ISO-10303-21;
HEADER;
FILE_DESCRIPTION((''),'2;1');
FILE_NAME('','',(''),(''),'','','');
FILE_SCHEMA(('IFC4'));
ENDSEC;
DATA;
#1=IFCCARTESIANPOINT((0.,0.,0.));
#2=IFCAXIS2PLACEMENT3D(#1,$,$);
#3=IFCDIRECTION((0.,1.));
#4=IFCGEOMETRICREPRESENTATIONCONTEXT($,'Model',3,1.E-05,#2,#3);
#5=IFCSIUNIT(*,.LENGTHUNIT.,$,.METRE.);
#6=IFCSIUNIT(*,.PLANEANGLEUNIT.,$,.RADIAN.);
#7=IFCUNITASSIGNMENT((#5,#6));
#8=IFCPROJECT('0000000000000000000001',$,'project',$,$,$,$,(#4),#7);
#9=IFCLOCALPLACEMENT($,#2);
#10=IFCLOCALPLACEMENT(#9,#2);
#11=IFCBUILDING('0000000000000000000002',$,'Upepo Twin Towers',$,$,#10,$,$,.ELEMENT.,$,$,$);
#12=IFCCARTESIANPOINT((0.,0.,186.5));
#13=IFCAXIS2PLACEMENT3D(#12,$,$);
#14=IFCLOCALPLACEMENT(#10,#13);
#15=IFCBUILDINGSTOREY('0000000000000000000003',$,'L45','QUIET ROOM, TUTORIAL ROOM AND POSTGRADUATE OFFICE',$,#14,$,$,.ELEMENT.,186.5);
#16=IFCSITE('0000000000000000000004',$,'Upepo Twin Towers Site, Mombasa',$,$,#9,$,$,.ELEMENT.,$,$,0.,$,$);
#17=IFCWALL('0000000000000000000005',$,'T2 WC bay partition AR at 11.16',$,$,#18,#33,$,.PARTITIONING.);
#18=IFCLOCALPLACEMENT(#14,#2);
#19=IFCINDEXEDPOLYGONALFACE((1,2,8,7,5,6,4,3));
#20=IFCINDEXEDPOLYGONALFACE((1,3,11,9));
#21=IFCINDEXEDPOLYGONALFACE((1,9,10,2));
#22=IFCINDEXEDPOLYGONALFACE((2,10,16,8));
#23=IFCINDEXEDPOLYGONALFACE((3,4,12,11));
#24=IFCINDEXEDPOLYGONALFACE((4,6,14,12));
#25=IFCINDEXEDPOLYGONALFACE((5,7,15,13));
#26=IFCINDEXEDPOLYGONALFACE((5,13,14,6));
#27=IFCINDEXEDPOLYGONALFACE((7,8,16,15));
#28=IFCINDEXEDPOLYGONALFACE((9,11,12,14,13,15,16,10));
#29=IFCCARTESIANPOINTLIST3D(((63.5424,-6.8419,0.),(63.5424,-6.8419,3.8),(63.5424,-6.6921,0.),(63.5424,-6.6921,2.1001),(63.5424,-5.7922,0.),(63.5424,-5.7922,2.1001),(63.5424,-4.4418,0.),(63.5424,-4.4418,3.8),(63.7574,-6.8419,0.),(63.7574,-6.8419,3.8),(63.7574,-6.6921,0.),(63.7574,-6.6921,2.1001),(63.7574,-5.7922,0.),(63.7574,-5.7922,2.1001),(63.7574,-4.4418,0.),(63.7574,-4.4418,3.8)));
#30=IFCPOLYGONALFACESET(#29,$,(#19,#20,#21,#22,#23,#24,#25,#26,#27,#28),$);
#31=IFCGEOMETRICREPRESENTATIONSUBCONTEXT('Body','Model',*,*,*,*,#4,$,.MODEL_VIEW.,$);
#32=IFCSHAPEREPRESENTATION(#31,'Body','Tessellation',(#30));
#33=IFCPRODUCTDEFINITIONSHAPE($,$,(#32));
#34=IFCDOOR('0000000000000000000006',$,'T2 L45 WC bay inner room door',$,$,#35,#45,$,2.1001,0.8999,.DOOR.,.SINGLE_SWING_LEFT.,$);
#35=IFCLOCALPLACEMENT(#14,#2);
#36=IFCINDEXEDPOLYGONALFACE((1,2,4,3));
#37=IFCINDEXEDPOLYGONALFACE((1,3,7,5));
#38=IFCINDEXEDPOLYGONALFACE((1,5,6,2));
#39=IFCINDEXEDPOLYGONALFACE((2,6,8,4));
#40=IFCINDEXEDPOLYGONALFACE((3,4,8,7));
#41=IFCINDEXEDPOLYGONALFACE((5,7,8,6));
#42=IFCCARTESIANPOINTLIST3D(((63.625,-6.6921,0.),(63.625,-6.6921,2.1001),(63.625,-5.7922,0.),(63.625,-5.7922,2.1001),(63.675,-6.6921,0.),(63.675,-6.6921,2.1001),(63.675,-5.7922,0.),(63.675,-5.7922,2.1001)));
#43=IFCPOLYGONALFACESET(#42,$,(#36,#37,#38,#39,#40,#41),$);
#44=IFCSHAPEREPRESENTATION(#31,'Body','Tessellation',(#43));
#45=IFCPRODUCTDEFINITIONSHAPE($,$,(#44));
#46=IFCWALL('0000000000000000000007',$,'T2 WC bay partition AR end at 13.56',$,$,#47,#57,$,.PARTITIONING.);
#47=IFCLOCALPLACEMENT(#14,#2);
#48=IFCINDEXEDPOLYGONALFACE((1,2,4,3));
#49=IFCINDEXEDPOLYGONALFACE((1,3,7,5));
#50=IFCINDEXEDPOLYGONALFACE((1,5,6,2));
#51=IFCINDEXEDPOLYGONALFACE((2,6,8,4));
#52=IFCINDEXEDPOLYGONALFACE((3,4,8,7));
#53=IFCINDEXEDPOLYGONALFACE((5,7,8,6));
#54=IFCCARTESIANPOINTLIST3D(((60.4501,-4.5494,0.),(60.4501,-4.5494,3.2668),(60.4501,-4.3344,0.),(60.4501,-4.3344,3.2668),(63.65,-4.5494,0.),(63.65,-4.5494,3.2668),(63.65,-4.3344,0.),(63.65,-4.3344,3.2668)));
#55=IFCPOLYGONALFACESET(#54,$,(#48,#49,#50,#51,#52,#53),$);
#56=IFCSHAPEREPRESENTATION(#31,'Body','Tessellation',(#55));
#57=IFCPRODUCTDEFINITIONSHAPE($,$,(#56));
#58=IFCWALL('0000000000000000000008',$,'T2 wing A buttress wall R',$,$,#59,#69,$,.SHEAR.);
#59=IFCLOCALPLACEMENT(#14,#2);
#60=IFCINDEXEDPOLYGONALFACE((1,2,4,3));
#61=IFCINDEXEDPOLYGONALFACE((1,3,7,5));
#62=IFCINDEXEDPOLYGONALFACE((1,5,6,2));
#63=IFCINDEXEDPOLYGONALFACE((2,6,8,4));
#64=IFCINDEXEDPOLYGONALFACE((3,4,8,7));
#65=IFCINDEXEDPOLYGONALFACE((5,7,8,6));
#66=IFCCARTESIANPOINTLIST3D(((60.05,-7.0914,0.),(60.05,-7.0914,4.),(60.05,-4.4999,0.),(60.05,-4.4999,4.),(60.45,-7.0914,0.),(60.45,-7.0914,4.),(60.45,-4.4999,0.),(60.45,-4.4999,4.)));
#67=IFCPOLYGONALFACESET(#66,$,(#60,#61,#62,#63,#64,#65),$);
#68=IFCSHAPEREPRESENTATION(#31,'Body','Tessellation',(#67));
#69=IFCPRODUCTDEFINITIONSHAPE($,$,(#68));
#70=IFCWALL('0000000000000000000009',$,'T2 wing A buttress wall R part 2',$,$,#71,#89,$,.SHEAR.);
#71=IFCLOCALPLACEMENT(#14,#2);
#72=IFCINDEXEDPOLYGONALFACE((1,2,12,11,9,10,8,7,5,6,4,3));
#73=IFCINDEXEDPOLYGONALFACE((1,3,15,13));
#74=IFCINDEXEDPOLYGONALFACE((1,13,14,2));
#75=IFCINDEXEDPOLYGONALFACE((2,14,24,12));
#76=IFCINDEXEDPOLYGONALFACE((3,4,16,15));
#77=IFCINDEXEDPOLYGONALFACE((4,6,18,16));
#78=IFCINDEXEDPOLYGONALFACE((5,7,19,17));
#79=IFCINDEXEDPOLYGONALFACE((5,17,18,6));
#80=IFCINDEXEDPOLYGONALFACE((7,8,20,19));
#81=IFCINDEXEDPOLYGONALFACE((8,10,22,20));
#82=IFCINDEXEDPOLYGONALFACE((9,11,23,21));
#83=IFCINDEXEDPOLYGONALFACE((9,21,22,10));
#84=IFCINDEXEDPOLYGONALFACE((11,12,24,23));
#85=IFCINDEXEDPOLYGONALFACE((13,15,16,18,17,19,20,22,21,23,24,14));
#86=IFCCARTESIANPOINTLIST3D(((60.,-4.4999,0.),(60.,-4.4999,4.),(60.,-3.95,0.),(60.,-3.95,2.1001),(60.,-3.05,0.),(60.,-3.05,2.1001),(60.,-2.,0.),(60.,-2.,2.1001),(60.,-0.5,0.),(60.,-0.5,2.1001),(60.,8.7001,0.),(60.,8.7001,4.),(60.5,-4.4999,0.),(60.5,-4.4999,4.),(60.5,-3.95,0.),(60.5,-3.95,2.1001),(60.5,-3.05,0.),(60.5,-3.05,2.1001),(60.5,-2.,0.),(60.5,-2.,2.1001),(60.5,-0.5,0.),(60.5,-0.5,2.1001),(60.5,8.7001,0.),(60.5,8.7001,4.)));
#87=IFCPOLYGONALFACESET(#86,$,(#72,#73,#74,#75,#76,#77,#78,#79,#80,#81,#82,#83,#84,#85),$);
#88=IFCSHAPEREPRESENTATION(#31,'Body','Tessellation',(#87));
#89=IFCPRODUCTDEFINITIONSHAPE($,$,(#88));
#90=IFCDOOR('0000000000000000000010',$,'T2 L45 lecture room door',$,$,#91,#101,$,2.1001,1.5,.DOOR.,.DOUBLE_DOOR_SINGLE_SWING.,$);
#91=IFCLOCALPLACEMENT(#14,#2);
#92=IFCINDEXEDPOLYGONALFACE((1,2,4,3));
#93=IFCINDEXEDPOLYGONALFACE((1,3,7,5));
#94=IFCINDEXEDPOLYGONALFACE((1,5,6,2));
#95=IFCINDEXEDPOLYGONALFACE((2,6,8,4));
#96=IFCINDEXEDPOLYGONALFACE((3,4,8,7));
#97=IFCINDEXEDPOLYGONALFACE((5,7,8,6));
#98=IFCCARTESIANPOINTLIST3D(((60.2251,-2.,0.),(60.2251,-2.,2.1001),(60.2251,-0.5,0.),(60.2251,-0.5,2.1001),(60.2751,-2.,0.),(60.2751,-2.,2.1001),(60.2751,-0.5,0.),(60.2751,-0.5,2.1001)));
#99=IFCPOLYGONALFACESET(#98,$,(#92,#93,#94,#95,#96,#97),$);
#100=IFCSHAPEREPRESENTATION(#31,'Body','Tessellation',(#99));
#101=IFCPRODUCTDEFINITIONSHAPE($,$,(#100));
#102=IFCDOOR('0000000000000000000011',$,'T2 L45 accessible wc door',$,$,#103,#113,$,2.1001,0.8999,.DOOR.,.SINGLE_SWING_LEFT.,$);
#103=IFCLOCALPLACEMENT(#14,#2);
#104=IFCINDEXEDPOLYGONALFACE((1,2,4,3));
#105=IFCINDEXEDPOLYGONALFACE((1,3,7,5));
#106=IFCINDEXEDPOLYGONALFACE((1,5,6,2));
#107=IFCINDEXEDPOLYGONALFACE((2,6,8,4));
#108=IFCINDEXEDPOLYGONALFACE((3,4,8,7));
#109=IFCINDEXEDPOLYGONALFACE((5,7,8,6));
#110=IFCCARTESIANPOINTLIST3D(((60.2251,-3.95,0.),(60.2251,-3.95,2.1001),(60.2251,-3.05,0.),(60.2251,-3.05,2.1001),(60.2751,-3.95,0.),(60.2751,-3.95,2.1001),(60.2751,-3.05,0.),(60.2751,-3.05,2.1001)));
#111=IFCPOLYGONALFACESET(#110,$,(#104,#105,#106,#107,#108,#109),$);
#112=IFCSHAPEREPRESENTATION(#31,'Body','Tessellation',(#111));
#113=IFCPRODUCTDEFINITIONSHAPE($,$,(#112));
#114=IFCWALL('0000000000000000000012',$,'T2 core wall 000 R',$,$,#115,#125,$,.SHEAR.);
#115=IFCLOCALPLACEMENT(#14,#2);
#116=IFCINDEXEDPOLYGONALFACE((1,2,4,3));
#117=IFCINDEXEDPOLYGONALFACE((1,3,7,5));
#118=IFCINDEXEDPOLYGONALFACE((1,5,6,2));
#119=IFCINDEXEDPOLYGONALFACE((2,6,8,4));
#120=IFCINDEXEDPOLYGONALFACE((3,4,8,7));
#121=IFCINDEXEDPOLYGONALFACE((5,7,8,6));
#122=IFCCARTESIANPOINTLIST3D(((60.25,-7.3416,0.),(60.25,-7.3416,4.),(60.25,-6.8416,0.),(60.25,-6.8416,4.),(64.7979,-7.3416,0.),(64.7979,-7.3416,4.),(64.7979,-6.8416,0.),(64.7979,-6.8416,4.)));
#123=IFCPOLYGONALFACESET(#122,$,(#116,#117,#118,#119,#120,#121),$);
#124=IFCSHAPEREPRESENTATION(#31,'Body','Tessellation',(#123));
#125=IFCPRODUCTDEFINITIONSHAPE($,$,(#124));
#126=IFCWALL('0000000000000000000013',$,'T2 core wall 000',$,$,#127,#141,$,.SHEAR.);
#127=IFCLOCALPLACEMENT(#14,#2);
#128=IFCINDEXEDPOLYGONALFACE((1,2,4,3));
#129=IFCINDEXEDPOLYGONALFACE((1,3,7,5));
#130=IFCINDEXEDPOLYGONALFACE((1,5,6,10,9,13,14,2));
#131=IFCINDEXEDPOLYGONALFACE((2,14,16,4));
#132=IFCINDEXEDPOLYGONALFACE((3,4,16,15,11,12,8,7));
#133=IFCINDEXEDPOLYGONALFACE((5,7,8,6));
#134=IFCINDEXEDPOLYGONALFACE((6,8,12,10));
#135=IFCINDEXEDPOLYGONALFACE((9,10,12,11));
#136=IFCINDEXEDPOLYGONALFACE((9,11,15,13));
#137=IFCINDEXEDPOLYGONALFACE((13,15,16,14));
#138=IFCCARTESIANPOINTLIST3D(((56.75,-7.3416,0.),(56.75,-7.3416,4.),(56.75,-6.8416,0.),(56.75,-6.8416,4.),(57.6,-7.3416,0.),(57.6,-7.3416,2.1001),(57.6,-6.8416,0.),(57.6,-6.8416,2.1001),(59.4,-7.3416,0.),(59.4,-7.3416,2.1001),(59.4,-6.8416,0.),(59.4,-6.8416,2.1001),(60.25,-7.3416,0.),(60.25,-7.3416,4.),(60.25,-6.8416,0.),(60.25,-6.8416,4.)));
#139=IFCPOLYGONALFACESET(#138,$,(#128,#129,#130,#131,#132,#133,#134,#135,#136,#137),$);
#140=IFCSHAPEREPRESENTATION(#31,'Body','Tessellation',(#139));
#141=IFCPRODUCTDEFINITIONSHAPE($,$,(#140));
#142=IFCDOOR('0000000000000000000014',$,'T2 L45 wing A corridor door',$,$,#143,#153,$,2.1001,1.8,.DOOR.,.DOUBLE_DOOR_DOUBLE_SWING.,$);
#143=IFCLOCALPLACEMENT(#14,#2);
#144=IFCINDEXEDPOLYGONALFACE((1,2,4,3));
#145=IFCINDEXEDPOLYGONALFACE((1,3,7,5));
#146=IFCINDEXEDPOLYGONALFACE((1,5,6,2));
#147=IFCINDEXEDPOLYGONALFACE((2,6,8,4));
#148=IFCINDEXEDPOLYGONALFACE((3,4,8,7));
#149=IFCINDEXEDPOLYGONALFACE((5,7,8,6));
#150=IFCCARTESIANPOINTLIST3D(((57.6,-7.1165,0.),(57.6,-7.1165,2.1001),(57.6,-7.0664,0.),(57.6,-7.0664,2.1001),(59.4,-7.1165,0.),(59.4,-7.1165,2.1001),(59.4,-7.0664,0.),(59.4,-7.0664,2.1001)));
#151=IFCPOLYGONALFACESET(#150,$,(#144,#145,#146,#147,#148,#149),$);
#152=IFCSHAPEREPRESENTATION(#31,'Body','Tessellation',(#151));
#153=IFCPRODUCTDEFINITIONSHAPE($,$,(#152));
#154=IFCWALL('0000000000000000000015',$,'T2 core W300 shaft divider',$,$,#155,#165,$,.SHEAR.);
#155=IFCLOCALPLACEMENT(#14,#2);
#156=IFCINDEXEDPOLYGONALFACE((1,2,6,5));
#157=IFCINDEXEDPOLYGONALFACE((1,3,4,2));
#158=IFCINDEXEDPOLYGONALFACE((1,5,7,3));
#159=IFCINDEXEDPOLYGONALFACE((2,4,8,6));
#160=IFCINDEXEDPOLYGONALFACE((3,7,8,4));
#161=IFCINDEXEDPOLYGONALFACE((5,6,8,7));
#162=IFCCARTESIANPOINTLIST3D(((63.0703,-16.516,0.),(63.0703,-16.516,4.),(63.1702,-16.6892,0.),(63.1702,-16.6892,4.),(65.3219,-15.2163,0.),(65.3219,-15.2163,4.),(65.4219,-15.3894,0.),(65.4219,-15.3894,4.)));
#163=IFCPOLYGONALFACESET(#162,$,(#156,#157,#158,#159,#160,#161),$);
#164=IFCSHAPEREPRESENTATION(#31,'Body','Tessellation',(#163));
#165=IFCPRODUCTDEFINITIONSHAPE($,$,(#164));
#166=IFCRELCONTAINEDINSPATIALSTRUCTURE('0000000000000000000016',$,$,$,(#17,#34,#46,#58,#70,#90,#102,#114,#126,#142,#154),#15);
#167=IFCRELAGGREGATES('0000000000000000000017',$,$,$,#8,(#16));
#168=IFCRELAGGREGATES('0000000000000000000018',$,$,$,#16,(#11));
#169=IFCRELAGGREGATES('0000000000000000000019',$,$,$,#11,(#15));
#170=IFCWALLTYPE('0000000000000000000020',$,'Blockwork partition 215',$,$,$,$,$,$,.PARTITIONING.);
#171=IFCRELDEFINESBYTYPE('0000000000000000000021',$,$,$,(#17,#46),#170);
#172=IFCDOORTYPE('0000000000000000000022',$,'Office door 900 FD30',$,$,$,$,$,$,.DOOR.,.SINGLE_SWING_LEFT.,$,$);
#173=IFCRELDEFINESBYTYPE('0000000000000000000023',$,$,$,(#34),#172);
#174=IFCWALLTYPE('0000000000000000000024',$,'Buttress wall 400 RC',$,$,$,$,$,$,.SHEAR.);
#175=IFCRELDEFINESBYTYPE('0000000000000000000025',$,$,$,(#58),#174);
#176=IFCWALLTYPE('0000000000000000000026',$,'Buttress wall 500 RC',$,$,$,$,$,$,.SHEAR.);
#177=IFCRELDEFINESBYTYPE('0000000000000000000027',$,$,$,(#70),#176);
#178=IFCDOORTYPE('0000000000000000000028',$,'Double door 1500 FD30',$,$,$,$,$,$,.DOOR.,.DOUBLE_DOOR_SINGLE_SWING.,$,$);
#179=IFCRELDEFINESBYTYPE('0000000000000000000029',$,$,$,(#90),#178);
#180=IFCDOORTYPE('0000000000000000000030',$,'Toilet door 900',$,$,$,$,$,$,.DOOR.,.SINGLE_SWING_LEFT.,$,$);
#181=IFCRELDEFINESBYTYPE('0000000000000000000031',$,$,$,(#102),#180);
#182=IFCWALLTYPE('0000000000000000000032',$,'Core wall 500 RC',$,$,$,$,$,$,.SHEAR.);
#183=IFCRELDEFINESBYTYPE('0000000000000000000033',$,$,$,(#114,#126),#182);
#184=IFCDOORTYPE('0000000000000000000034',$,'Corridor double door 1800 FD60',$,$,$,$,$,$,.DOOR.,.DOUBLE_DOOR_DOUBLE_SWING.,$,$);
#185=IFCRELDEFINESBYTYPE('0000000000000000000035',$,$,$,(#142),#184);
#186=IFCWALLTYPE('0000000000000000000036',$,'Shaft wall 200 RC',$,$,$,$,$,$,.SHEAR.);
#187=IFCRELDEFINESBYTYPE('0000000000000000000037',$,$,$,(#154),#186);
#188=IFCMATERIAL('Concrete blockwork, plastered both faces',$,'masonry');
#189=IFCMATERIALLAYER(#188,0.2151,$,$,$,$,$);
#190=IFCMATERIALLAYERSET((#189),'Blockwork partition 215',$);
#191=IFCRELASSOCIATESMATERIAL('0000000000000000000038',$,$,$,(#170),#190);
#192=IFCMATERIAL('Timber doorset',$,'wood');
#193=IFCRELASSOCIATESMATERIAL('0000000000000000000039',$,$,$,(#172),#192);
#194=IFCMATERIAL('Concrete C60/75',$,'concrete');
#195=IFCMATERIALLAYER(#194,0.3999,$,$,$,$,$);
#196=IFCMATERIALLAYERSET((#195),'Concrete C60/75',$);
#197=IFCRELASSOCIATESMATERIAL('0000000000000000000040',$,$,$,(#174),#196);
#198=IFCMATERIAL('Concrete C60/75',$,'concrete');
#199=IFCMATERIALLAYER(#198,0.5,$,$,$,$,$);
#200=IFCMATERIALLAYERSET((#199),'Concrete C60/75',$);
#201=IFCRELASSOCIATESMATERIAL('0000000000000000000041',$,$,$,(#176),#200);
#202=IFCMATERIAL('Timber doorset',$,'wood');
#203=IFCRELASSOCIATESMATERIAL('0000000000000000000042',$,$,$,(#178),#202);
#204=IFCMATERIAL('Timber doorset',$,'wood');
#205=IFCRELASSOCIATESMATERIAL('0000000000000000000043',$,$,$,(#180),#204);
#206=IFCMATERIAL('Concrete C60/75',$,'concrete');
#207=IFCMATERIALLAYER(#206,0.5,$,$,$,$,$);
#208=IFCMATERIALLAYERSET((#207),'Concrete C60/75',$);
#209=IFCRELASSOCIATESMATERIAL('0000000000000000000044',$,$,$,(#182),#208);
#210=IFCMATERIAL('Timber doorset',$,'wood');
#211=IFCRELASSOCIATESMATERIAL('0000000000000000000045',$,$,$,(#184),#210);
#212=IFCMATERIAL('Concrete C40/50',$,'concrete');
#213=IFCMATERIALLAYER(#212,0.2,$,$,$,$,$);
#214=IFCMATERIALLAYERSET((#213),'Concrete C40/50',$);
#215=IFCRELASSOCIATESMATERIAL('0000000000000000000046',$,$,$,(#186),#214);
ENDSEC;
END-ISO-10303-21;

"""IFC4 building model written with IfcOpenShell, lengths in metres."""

from ifc_helpers import new_model, si_unit, direction, frame, frame_2d, origin, place, context, subcontext, project, spatial, rectangle, extrude, material, layer, layer_set, type_object, element, fill, save


model = new_model("IFC4")

# Units and contexts
model_context = context("Model", 3, precision=1e-05, world=origin(), true_north=direction((0.0, 1.0)))
body_context = subcontext(model_context, "Body", "Model", "MODEL_VIEW")
ifc_project = project(units=[si_unit("LENGTHUNIT", "METRE"), si_unit("PLANEANGLEUNIT", "RADIAN")], contexts=[model_context])

# Site, building, storey
site_placement = place(None, origin())
site = spatial("IfcSite", under=ifc_project, at=site_placement, Name="Upepo Twin Towers Site, Mombasa", CompositionType="ELEMENT", RefElevation=0.0)
building_placement = place(site_placement, origin())
building = spatial("IfcBuilding", under=site, at=building_placement, Name="Upepo Twin Towers", CompositionType="ELEMENT")
storey_placement = place(building_placement, frame((0.0, 0.0, 186.5)))
storey = spatial("IfcBuildingStorey", under=building, at=storey_placement, Name="L45", Description="QUIET ROOM, TUTORIAL ROOM AND POSTGRADUATE OFFICE", CompositionType="ELEMENT", Elevation=186.5)

# Shared definitions
ifc_material_1 = material(Name="Concrete blockwork, plastered both faces", Category="masonry")
ifc_layer_1 = layer(ifc_material_1, 0.2151)
ifc_layer_set_1 = layer_set([ifc_layer_1], Name="Blockwork partition 215")
wall_type_1 = type_object("IfcWallType", Name="Blockwork partition 215", PredefinedType="PARTITIONING", material=ifc_layer_set_1)

# Wall, opening, door
wall_1_placement = place(storey_placement, frame((63.6499, -6.842, 0.0), z_axis=(0.0, 0.0, 1.0), x_axis=(0.0, 1.0, 0.0)))
wall_1 = element("IfcWall", 1, at=wall_1_placement, inside=storey, type_object=wall_type_1, Name="T2 WC bay partition AR at 11.16", PredefinedType="PARTITIONING", context=body_context, shape_type="SweptSolid", body=[
    extrude(rectangle(XDim=2.4001, YDim=0.2151, at=frame_2d((1.2002, 0.0))), origin(), (0.0, 0.0, 1.0), 3.8),
])
opening_1_placement = place(wall_1_placement, frame((0.1499, 0.0, 0.0)))
opening_1 = element("IfcOpeningElement", 2, at=opening_1_placement, cuts=wall_1, PredefinedType="OPENING", context=body_context, shape_type="SweptSolid", body=[
    extrude(rectangle(XDim=0.8999, YDim=2.1001, at=frame_2d((0.45, 1.05))), frame((0.0, 0.1174, 0.0), z_axis=(0.0, -1.0, 0.0), x_axis=(1.0, 0.0, 0.0)), (0.0, 0.0, 1.0), 0.2351),
])
ifc_material_2 = material(Name="Timber doorset", Category="wood")
door_type_1 = type_object("IfcDoorType", Name="Office door 900 FD30", OperationType="SINGLE_SWING_LEFT", PredefinedType="DOOR", material=ifc_material_2)
door_1_placement = place(opening_1_placement, origin())
door_1 = element("IfcDoor", 3, at=door_1_placement, inside=storey, type_object=door_type_1, Name="T2 L45 WC bay inner room door", OperationType="SINGLE_SWING_LEFT", OverallHeight=2.1001, OverallWidth=0.8999, PredefinedType="DOOR", context=body_context, shape_type="SweptSolid", body=[
    extrude(rectangle(XDim=0.8999, YDim=2.1001, at=frame_2d((0.45, 1.05))), frame((0.0, 0.0249, 0.0), z_axis=(0.0, -1.0, 0.0), x_axis=(1.0, 0.0, 0.0)), (0.0, 0.0, 1.0), 0.05),
])
fill(opening_1, door_1)

# Walls
wall_2_placement = place(storey_placement, frame((60.45, -4.4419, 0.0), z_axis=(0.0, 0.0, 1.0), x_axis=(1.0, 0.0, 0.0)))
element("IfcWall", 4, at=wall_2_placement, inside=storey, type_object=wall_type_1, Name="T2 WC bay partition AR end at 13.56", PredefinedType="PARTITIONING", context=body_context, shape_type="SweptSolid", body=[
    extrude(rectangle(XDim=3.2, YDim=0.2151, at=frame_2d((1.6001, 0.0))), origin(), (0.0, 0.0, 1.0), 3.2668),
])
ifc_material_3 = material(Name="Concrete C60/75", Category="concrete")
ifc_layer_2 = layer(ifc_material_3, 0.3999)
ifc_layer_set_2 = layer_set([ifc_layer_2], Name="Concrete C60/75")
wall_type_2 = type_object("IfcWallType", Name="Buttress wall 400 RC", PredefinedType="SHEAR", material=ifc_layer_set_2)
wall_3_placement = place(storey_placement, frame((60.25, -7.0916, 0.0), z_axis=(0.0, 0.0, 1.0), x_axis=(0.0, 1.0, 0.0)))
element("IfcWall", 5, at=wall_3_placement, inside=storey, type_object=wall_type_2, Name="T2 wing A buttress wall R", PredefinedType="SHEAR", context=body_context, shape_type="SweptSolid", body=[
    extrude(rectangle(XDim=2.5916, YDim=0.3999, at=frame_2d((1.2959, 0.0))), origin(), (0.0, 0.0, 1.0), 4.0),
])

# Wall, openings, doors
ifc_material_4 = material(Name="Concrete C60/75", Category="concrete")
ifc_layer_3 = layer(ifc_material_4, 0.5)
ifc_layer_set_3 = layer_set([ifc_layer_3], Name="Concrete C60/75")
wall_type_3 = type_object("IfcWallType", Name="Buttress wall 500 RC", PredefinedType="SHEAR", material=ifc_layer_set_3)
wall_4_placement = place(storey_placement, frame((60.25, -4.5, 0.0), z_axis=(0.0, 0.0, 1.0), x_axis=(0.0, 1.0, 0.0)))
wall_4 = element("IfcWall", 6, at=wall_4_placement, inside=storey, type_object=wall_type_3, Name="T2 wing A buttress wall R part 2", PredefinedType="SHEAR", context=body_context, shape_type="SweptSolid", body=[
    extrude(rectangle(XDim=13.2, YDim=0.5, at=frame_2d((6.6001, 0.0))), origin(), (0.0, 0.0, 1.0), 4.0),
])
opening_2_placement = place(wall_4_placement, frame((0.55, 0.0, 0.0)))
opening_2 = element("IfcOpeningElement", 7, at=opening_2_placement, cuts=wall_4, PredefinedType="OPENING", context=body_context, shape_type="SweptSolid", body=[
    extrude(rectangle(XDim=0.8999, YDim=2.1001, at=frame_2d((0.45, 1.05))), frame((0.0, 0.26, 0.0), z_axis=(0.0, -1.0, 0.0), x_axis=(1.0, 0.0, 0.0)), (0.0, 0.0, 1.0), 0.52),
])
opening_3_placement = place(wall_4_placement, frame((2.5, 0.0, 0.0)))
opening_3 = element("IfcOpeningElement", 8, at=opening_3_placement, cuts=wall_4, PredefinedType="OPENING", context=body_context, shape_type="SweptSolid", body=[
    extrude(rectangle(XDim=1.5, YDim=2.1001, at=frame_2d((0.75, 1.05))), frame((0.0, 0.26, 0.0), z_axis=(0.0, -1.0, 0.0), x_axis=(1.0, 0.0, 0.0)), (0.0, 0.0, 1.0), 0.52),
])
ifc_material_5 = material(Name="Timber doorset", Category="wood")
door_type_2 = type_object("IfcDoorType", Name="Double door 1500 FD30", OperationType="DOUBLE_DOOR_SINGLE_SWING", PredefinedType="DOOR", material=ifc_material_5)
door_2_placement = place(opening_3_placement, origin())
door_2 = element("IfcDoor", 9, at=door_2_placement, inside=storey, type_object=door_type_2, Name="T2 L45 lecture room door", OperationType="DOUBLE_DOOR_SINGLE_SWING", OverallHeight=2.1001, OverallWidth=1.5, PredefinedType="DOOR", context=body_context, shape_type="SweptSolid", body=[
    extrude(rectangle(XDim=1.5, YDim=2.1001, at=frame_2d((0.75, 1.05))), frame((0.0, 0.0249, 0.0), z_axis=(0.0, -1.0, 0.0), x_axis=(1.0, 0.0, 0.0)), (0.0, 0.0, 1.0), 0.05),
])
fill(opening_3, door_2)
ifc_material_6 = material(Name="Timber doorset", Category="wood")
door_type_3 = type_object("IfcDoorType", Name="Toilet door 900", OperationType="SINGLE_SWING_LEFT", PredefinedType="DOOR", material=ifc_material_6)
door_3_placement = place(opening_2_placement, origin())
door_3 = element("IfcDoor", 10, at=door_3_placement, inside=storey, type_object=door_type_3, Name="T2 L45 accessible wc door", OperationType="SINGLE_SWING_LEFT", OverallHeight=2.1001, OverallWidth=0.8999, PredefinedType="DOOR", context=body_context, shape_type="SweptSolid", body=[
    extrude(rectangle(XDim=0.8999, YDim=2.1001, at=frame_2d((0.45, 1.05))), frame((0.0, 0.0249, 0.0), z_axis=(0.0, -1.0, 0.0), x_axis=(1.0, 0.0, 0.0)), (0.0, 0.0, 1.0), 0.05),
])
fill(opening_2, door_3)

# Wall
ifc_material_7 = material(Name="Concrete C60/75", Category="concrete")
ifc_layer_4 = layer(ifc_material_7, 0.5)
ifc_layer_set_4 = layer_set([ifc_layer_4], Name="Concrete C60/75")
wall_type_4 = type_object("IfcWallType", Name="Core wall 500 RC", PredefinedType="SHEAR", material=ifc_layer_set_4)
wall_5_placement = place(storey_placement, frame((64.7979, -7.0916, 0.0), z_axis=(0.0, 0.0, 1.0), x_axis=(-1.0, 0.0, 0.0)))
element("IfcWall", 11, at=wall_5_placement, inside=storey, type_object=wall_type_4, Name="T2 core wall 000 R", PredefinedType="SHEAR", context=body_context, shape_type="SweptSolid", body=[
    extrude(rectangle(XDim=4.5479, YDim=0.5, at=frame_2d((2.2739, 0.0))), origin(), (0.0, 0.0, 1.0), 4.0),
])

# Wall, opening, door
wall_6_placement = place(storey_placement, frame((60.25, -7.0916, 0.0), z_axis=(0.0, 0.0, 1.0), x_axis=(-1.0, 0.0, 0.0)))
wall_6 = element("IfcWall", 12, at=wall_6_placement, inside=storey, type_object=wall_type_4, Name="T2 core wall 000", PredefinedType="SHEAR", context=body_context, shape_type="SweptSolid", body=[
    extrude(rectangle(XDim=3.5, YDim=0.5, at=frame_2d((1.75, 0.0))), origin(), (0.0, 0.0, 1.0), 4.0),
])
opening_4_placement = place(wall_6_placement, frame((0.8501, 0.0, 0.0)))
opening_4 = element("IfcOpeningElement", 13, at=opening_4_placement, cuts=wall_6, PredefinedType="OPENING", context=body_context, shape_type="SweptSolid", body=[
    extrude(rectangle(XDim=1.8, YDim=2.1001, at=frame_2d((0.8999, 1.05))), frame((0.0, 0.26, 0.0), z_axis=(0.0, -1.0, 0.0), x_axis=(1.0, 0.0, 0.0)), (0.0, 0.0, 1.0), 0.52),
])
ifc_material_8 = material(Name="Timber doorset", Category="wood")
door_type_4 = type_object("IfcDoorType", Name="Corridor double door 1800 FD60", OperationType="DOUBLE_DOOR_DOUBLE_SWING", PredefinedType="DOOR", material=ifc_material_8)
door_4_placement = place(opening_4_placement, origin())
door_4 = element("IfcDoor", 14, at=door_4_placement, inside=storey, type_object=door_type_4, Name="T2 L45 wing A corridor door", OperationType="DOUBLE_DOOR_DOUBLE_SWING", OverallHeight=2.1001, OverallWidth=1.8, PredefinedType="DOOR", context=body_context, shape_type="SweptSolid", body=[
    extrude(rectangle(XDim=1.8, YDim=2.1001, at=frame_2d((0.8999, 1.05))), frame((0.0, 0.0249, 0.0), z_axis=(0.0, -1.0, 0.0), x_axis=(1.0, 0.0, 0.0)), (0.0, 0.0, 1.0), 0.05),
])
fill(opening_4, door_4)

# Wall
ifc_material_9 = material(Name="Concrete C40/50", Category="concrete")
ifc_layer_5 = layer(ifc_material_9, 0.2)
ifc_layer_set_5 = layer_set([ifc_layer_5], Name="Concrete C40/50")
wall_type_5 = type_object("IfcWallType", Name="Shaft wall 200 RC", PredefinedType="SHEAR", material=ifc_layer_set_5)
wall_7_placement = place(storey_placement, frame((63.1204, -16.6025, 0.0), z_axis=(0.0, 0.0, 1.0), x_axis=(0.866062, 0.499937, 0.0)))
element("IfcWall", 15, at=wall_7_placement, inside=storey, type_object=wall_type_5, Name="T2 core W300 shaft divider", PredefinedType="SHEAR", context=body_context, shape_type="SweptSolid", body=[
    extrude(rectangle(XDim=2.5999, YDim=0.2, at=frame_2d((1.2998, 0.0))), origin(), (0.0, 0.0, 1.0), 4.0),
])

save(model, "model.ifc")
